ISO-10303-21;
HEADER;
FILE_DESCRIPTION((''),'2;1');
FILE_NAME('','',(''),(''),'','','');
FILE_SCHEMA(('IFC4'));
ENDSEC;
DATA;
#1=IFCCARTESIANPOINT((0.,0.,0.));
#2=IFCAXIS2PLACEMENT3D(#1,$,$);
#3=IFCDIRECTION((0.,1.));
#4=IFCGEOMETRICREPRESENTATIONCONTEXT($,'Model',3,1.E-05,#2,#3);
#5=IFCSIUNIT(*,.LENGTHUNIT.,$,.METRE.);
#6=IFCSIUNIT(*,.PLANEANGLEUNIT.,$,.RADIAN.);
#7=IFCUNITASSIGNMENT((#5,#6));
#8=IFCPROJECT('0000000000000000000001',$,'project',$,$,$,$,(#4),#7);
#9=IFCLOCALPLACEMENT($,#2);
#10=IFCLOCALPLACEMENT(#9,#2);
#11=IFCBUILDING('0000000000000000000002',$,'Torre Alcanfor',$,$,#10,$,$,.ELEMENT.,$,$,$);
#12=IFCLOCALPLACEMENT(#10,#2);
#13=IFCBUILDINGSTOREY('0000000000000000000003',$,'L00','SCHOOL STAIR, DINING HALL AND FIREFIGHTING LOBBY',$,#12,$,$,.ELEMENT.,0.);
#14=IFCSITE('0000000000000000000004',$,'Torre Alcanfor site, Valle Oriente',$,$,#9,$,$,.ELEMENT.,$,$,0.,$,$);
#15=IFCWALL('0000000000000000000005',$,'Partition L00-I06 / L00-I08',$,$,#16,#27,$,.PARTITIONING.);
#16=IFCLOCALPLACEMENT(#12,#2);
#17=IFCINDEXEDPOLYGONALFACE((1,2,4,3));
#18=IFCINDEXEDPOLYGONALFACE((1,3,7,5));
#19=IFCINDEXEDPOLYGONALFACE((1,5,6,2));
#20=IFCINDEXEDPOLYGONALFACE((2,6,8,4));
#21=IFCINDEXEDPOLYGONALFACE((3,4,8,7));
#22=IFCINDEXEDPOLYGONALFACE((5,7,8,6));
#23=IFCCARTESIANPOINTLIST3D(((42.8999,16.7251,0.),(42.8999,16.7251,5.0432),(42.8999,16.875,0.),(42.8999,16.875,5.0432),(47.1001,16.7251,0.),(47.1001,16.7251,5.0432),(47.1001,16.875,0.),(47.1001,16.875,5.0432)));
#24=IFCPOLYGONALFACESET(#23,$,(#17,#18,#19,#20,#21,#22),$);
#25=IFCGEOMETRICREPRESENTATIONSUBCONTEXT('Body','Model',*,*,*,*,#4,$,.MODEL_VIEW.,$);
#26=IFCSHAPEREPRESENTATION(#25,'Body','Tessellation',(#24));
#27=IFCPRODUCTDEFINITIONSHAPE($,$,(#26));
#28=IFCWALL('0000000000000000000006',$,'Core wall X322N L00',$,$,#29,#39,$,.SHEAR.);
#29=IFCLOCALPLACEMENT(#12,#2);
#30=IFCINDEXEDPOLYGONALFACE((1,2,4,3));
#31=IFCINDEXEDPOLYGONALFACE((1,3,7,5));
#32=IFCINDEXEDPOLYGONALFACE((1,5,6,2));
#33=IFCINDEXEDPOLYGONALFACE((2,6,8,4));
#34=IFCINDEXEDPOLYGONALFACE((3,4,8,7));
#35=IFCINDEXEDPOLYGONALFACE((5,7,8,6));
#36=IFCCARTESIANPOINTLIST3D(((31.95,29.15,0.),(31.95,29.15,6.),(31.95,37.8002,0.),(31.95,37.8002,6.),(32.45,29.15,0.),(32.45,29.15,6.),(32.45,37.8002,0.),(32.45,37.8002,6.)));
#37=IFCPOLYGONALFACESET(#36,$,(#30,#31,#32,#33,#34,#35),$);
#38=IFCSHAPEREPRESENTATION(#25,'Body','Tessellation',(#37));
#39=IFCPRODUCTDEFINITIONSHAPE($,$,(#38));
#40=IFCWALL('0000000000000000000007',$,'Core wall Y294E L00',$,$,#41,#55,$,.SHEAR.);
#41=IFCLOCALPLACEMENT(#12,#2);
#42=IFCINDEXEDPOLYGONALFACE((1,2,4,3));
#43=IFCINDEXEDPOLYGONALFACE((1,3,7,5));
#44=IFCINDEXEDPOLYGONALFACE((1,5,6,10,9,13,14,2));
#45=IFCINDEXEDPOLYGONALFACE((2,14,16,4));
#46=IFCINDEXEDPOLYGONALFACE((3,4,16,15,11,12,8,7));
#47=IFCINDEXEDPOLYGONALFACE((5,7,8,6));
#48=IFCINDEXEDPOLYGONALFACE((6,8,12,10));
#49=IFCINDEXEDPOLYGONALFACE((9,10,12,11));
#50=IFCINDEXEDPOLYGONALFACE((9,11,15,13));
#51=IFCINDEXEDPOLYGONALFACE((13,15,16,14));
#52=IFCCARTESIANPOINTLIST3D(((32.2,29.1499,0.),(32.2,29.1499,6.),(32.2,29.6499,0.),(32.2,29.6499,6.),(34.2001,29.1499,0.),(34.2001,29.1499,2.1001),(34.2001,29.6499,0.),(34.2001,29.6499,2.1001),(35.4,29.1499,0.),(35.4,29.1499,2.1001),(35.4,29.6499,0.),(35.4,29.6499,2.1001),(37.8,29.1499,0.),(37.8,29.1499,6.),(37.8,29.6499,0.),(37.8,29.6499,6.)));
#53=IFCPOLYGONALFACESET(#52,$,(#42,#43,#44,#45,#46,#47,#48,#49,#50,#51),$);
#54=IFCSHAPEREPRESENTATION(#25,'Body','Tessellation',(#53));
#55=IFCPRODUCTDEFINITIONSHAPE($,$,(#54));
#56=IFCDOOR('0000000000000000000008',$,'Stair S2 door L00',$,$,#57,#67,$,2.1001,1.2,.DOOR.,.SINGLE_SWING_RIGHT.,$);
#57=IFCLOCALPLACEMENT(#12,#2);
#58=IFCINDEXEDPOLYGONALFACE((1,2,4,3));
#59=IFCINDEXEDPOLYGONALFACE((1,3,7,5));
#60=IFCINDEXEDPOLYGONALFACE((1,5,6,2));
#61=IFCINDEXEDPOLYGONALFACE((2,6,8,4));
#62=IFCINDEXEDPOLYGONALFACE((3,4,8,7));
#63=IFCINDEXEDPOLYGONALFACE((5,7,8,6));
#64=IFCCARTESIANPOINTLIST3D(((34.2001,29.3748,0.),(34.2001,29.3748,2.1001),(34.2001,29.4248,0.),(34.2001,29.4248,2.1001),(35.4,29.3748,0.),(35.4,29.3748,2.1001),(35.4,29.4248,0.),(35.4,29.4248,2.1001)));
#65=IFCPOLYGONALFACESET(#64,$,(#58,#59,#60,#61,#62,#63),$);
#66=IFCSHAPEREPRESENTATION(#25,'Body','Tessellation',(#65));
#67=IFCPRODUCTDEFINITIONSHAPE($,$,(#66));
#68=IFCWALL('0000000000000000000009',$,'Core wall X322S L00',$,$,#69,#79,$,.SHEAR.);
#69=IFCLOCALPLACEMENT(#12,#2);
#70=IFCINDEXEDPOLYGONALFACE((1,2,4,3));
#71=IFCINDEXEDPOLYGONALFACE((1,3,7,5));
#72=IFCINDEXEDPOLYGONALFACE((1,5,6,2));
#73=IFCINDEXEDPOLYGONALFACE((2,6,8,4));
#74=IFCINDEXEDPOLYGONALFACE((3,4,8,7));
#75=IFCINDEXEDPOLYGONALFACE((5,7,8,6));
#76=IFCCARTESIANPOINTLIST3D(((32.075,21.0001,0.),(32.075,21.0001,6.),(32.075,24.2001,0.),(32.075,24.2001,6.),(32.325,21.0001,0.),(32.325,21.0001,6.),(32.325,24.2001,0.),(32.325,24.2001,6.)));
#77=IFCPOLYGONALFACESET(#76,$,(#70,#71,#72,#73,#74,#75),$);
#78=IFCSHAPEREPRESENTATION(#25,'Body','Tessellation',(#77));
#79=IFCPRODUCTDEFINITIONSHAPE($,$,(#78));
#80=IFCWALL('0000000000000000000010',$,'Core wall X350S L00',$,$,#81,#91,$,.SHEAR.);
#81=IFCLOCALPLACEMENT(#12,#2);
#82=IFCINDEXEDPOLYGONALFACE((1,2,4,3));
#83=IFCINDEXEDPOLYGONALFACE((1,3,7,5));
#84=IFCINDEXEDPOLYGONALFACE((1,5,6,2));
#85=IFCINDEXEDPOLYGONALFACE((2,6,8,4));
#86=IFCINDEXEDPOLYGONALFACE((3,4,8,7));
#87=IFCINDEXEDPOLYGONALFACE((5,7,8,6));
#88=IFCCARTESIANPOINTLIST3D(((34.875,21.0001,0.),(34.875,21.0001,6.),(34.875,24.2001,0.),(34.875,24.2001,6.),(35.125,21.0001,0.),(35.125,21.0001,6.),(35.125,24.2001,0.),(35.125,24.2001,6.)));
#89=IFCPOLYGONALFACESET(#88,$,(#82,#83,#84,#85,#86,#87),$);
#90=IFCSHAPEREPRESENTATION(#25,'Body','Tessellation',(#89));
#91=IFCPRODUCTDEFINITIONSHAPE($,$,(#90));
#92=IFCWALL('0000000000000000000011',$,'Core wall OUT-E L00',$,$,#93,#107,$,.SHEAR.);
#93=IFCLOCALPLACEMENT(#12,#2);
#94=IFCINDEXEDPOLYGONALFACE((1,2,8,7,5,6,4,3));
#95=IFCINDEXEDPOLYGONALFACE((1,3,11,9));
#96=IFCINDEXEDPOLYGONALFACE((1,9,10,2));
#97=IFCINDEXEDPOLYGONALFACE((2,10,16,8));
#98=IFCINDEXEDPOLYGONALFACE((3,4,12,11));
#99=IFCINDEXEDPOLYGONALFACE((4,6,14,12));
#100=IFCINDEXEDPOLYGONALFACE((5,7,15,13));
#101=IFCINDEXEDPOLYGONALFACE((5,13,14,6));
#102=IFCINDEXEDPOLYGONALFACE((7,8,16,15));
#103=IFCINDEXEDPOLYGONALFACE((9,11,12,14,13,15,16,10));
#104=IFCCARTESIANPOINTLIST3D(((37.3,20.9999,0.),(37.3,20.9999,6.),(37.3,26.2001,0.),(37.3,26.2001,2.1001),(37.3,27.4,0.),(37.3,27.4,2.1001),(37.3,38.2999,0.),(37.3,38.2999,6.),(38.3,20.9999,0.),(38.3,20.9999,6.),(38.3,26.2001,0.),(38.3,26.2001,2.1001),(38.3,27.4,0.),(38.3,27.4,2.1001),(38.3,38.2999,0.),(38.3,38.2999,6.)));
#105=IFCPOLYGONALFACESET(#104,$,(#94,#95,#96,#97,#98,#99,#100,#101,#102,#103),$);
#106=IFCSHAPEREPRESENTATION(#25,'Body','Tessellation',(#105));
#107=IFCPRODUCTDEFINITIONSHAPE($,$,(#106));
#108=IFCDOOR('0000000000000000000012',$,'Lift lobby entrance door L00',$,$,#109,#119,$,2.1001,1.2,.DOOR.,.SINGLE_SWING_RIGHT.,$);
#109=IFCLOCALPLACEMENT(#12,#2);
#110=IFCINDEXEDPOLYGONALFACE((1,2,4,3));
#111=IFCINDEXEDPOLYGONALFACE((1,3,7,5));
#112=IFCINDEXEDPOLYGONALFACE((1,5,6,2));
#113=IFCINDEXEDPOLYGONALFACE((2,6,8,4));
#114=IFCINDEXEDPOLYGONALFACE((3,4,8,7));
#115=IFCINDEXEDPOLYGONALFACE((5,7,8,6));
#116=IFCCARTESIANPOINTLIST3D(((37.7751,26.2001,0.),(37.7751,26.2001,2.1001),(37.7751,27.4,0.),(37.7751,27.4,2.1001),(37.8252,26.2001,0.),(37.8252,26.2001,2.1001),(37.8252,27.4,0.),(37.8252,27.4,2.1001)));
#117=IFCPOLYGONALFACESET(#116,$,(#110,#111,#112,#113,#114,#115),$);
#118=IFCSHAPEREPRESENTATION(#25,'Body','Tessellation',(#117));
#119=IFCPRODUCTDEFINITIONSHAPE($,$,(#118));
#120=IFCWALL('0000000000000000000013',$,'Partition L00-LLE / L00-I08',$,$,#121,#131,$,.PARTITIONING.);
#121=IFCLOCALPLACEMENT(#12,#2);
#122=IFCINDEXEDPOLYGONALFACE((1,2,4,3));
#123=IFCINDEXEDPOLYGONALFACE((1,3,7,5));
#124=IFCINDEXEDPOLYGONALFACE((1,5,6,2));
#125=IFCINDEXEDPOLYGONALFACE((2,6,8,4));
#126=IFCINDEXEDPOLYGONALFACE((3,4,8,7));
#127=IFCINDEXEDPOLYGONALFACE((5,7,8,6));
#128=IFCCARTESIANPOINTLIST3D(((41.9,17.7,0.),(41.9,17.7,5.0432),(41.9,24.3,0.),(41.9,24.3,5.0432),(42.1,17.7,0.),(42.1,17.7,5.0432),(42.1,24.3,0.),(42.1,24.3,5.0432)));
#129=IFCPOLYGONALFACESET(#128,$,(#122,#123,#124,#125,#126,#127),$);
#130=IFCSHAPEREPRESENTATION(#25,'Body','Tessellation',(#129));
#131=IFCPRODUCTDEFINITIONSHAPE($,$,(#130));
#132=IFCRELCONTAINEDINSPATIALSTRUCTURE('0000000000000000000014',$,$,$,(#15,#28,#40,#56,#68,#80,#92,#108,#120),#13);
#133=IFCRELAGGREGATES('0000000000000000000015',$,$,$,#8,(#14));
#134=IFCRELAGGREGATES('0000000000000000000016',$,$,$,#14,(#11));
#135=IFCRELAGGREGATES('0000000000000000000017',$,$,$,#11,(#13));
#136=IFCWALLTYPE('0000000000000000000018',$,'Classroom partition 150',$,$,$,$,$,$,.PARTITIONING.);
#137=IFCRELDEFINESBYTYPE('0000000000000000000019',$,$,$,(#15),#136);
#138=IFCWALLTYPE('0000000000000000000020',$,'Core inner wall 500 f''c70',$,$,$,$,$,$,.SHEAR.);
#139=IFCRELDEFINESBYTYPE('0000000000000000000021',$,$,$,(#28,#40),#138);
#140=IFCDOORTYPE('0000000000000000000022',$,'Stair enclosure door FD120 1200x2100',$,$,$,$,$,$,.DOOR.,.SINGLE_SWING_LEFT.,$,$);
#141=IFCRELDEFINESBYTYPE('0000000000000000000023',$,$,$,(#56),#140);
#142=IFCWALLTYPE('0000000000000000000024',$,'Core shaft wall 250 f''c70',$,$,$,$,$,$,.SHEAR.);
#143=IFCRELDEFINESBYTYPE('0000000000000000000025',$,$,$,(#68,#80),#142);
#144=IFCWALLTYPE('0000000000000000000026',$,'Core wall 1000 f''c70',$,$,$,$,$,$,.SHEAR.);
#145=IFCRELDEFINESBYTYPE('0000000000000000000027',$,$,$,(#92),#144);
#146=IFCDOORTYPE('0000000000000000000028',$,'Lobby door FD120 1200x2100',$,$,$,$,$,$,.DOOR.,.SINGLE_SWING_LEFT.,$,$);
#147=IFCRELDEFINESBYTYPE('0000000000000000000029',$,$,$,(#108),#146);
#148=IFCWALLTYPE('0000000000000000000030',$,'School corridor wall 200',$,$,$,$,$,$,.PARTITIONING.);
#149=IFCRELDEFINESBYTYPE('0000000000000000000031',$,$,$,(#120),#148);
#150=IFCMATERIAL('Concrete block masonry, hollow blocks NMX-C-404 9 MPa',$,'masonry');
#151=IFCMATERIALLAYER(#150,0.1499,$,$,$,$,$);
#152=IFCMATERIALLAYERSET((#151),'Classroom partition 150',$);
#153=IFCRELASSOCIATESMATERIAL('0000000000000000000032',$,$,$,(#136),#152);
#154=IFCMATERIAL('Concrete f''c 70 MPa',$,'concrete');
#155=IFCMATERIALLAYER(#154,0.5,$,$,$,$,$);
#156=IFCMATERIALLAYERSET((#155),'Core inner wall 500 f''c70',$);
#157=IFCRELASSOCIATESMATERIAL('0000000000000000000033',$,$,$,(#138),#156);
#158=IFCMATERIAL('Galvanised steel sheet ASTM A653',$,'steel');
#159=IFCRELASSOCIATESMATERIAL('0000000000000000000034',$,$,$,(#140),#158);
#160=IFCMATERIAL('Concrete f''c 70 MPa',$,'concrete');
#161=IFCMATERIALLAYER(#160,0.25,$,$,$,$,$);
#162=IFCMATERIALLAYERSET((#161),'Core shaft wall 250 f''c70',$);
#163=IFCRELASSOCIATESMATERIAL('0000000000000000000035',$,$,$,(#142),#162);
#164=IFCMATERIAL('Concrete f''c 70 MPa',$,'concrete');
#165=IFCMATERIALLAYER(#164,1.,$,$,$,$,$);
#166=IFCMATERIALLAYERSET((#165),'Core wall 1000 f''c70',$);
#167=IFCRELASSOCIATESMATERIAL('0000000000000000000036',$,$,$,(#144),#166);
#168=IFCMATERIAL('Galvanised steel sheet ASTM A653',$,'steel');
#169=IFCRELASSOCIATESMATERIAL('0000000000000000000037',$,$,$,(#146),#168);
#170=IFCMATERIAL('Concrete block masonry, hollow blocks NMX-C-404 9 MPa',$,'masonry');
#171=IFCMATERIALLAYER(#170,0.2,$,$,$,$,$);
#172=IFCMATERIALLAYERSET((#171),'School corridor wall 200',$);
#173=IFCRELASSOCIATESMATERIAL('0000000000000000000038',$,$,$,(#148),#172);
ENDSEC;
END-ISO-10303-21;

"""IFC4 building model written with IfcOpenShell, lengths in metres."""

from ifc_helpers import new_model, si_unit, direction, frame, frame_2d, origin, place, context, subcontext, project, spatial, rectangle, extrude, material, layer, layer_set, type_object, element, fill, save


model = new_model("IFC4")

# Units and contexts
model_context = context("Model", 3, precision=1e-05, world=origin(), true_north=direction((0.0, 1.0)))
body_context = subcontext(model_context, "Body", "Model", "MODEL_VIEW")
ifc_project = project(units=[si_unit("LENGTHUNIT", "METRE"), si_unit("PLANEANGLEUNIT", "RADIAN")], contexts=[model_context])

# Site, building, storey
site_placement = place(None, origin())
site = spatial("IfcSite", under=ifc_project, at=site_placement, Name="Torre Alcanfor site, Valle Oriente", CompositionType="ELEMENT", RefElevation=0.0)
building_placement = place(site_placement, origin())
building = spatial("IfcBuilding", under=site, at=building_placement, Name="Torre Alcanfor", CompositionType="ELEMENT")
storey_placement = place(building_placement, origin())
storey = spatial("IfcBuildingStorey", under=building, at=storey_placement, Name="L00", Description="SCHOOL STAIR, DINING HALL AND FIREFIGHTING LOBBY", CompositionType="ELEMENT", Elevation=0.0)

# Walls
ifc_material_1 = material(Name="Concrete block masonry, hollow blocks NMX-C-404 9 MPa", Category="masonry")
ifc_layer_1 = layer(ifc_material_1, 0.1499)
ifc_layer_set_1 = layer_set([ifc_layer_1], Name="Classroom partition 150")
wall_type_1 = type_object("IfcWallType", Name="Classroom partition 150", PredefinedType="PARTITIONING", material=ifc_layer_set_1)
wall_1_placement = place(storey_placement, frame((42.8999, 16.8, 0.0), z_axis=(0.0, 0.0, 1.0), x_axis=(1.0, 0.0, 0.0)))
element("IfcWall", 1, at=wall_1_placement, inside=storey, type_object=wall_type_1, Name="Partition L00-I06 / L00-I08", PredefinedType="PARTITIONING", context=body_context, shape_type="SweptSolid", body=[
    extrude(rectangle(XDim=4.2002, YDim=0.1499, at=frame_2d((2.1001, 0.0))), origin(), (0.0, 0.0, 1.0), 5.0432),
])
ifc_material_2 = material(Name="Concrete f'c 70 MPa", Category="concrete")
ifc_layer_2 = layer(ifc_material_2, 0.5)
ifc_layer_set_2 = layer_set([ifc_layer_2], Name="Core inner wall 500 f'c70")
wall_type_2 = type_object("IfcWallType", Name="Core inner wall 500 f'c70", PredefinedType="SHEAR", material=ifc_layer_set_2)
wall_2_placement = place(storey_placement, frame((32.2, 29.1499, 0.0), z_axis=(0.0, 0.0, 1.0), x_axis=(0.0, 1.0, 0.0)))
element("IfcWall", 2, at=wall_2_placement, inside=storey, type_object=wall_type_2, Name="Core wall X322N L00", PredefinedType="SHEAR", context=body_context, shape_type="SweptSolid", body=[
    extrude(rectangle(XDim=8.6501, YDim=0.5, at=frame_2d((4.3252, 0.0))), origin(), (0.0, 0.0, 1.0), 6.0),
])

# Wall, opening, door
wall_3_placement = place(storey_placement, frame((32.2, 29.3999, 0.0), z_axis=(0.0, 0.0, 1.0), x_axis=(1.0, 0.0, 0.0)))
wall_3 = element("IfcWall", 3, at=wall_3_placement, inside=storey, type_object=wall_type_2, Name="Core wall Y294E L00", PredefinedType="SHEAR", context=body_context, shape_type="SweptSolid", body=[
    extrude(rectangle(XDim=5.6001, YDim=0.5, at=frame_2d((2.8, 0.0))), origin(), (0.0, 0.0, 1.0), 6.0),
])
opening_1_placement = place(wall_3_placement, frame((2.0, 0.0, 0.0)))
opening_1 = element("IfcOpeningElement", 4, at=opening_1_placement, cuts=wall_3, PredefinedType="OPENING", context=body_context, shape_type="SweptSolid", body=[
    extrude(rectangle(XDim=1.2, YDim=2.1001, at=frame_2d((0.6001, 1.05))), frame((0.0, 0.26, 0.0), z_axis=(0.0, -1.0, 0.0), x_axis=(1.0, 0.0, 0.0)), (0.0, 0.0, 1.0), 0.52),
])
ifc_material_3 = material(Name="Galvanised steel sheet ASTM A653", Category="steel")
door_type_1 = type_object("IfcDoorType", Name="Stair enclosure door FD120 1200x2100", OperationType="SINGLE_SWING_LEFT", PredefinedType="DOOR", material=ifc_material_3)
door_1_placement = place(opening_1_placement, frame((1.2, 0.0, 0.0), z_axis=(0.0, 0.0, 1.0), x_axis=(-1.0, 0.0, 0.0)))
door_1 = element("IfcDoor", 5, at=door_1_placement, inside=storey, type_object=door_type_1, Name="Stair S2 door L00", OperationType="SINGLE_SWING_RIGHT", OverallHeight=2.1001, OverallWidth=1.2, PredefinedType="DOOR", context=body_context, shape_type="SweptSolid", body=[
    extrude(rectangle(XDim=1.2, YDim=2.1001, at=frame_2d((0.5999, 1.05))), frame((0.0, 0.0251, 0.0), z_axis=(0.0, -1.0, 0.0), x_axis=(1.0, 0.0, 0.0)), (0.0, 0.0, 1.0), 0.05),
])
fill(opening_1, door_1)

# Walls
ifc_material_4 = material(Name="Concrete f'c 70 MPa", Category="concrete")
ifc_layer_3 = layer(ifc_material_4, 0.25)
ifc_layer_set_3 = layer_set([ifc_layer_3], Name="Core shaft wall 250 f'c70")
wall_type_3 = type_object("IfcWallType", Name="Core shaft wall 250 f'c70", PredefinedType="SHEAR", material=ifc_layer_set_3)
for number, where, z_axis, x_axis, name in (
    (6, (32.2, 21.0, 0.0), (0.0, 0.0, 1.0), (0.0, 1.0, 0.0), "Core wall X322S L00"),
    (7, (35.0, 21.0, 0.0), (0.0, 0.0, 1.0), (0.0, 1.0, 0.0), "Core wall X350S L00"),
):
    element("IfcWall", number, at=place(storey_placement, frame(where, z_axis=z_axis, x_axis=x_axis)), inside=storey, type_object=wall_type_3, Name=name, PredefinedType="SHEAR", context=body_context, shape_type="SweptSolid", body=[
        extrude(rectangle(XDim=3.2, YDim=0.25, at=frame_2d((1.6001, 0.0))), origin(), (0.0, 0.0, 1.0), 6.0),
    ])

# Wall, opening, door
ifc_material_5 = material(Name="Concrete f'c 70 MPa", Category="concrete")
ifc_layer_4 = layer(ifc_material_5, 1.0)
ifc_layer_set_4 = layer_set([ifc_layer_4], Name="Core wall 1000 f'c70")
wall_type_4 = type_object("IfcWallType", Name="Core wall 1000 f'c70", PredefinedType="SHEAR", material=ifc_layer_set_4)
wall_4_placement = place(storey_placement, frame((37.8, 21.0, 0.0), z_axis=(0.0, 0.0, 1.0), x_axis=(0.0, 1.0, 0.0)))
wall_4 = element("IfcWall", 8, at=wall_4_placement, inside=storey, type_object=wall_type_4, Name="Core wall OUT-E L00", PredefinedType="SHEAR", context=body_context, shape_type="SweptSolid", body=[
    extrude(rectangle(XDim=17.3, YDim=1.0, at=frame_2d((8.6499, 0.0))), origin(), (0.0, 0.0, 1.0), 6.0),
])
opening_2_placement = place(wall_4_placement, frame((5.2, 0.0, 0.0)))
opening_2 = element("IfcOpeningElement", 9, at=opening_2_placement, cuts=wall_4, PredefinedType="OPENING", context=body_context, shape_type="SweptSolid", body=[
    extrude(rectangle(XDim=1.2, YDim=2.1001, at=frame_2d((0.6001, 1.05))), frame((0.0, 0.51, 0.0), z_axis=(0.0, -1.0, 0.0), x_axis=(1.0, 0.0, 0.0)), (0.0, 0.0, 1.0), 1.02),
])
ifc_material_6 = material(Name="Galvanised steel sheet ASTM A653", Category="steel")
door_type_2 = type_object("IfcDoorType", Name="Lobby door FD120 1200x2100", OperationType="SINGLE_SWING_LEFT", PredefinedType="DOOR", material=ifc_material_6)
door_2_placement = place(opening_2_placement, frame((1.2, 0.0, 0.0), z_axis=(0.0, 0.0, 1.0), x_axis=(-1.0, 0.0, 0.0)))
door_2 = element("IfcDoor", 10, at=door_2_placement, inside=storey, type_object=door_type_2, Name="Lift lobby entrance door L00", OperationType="SINGLE_SWING_RIGHT", OverallHeight=2.1001, OverallWidth=1.2, PredefinedType="DOOR", context=body_context, shape_type="SweptSolid", body=[
    extrude(rectangle(XDim=1.2, YDim=2.1001, at=frame_2d((0.5999, 1.05))), frame((0.0, 0.0251, 0.0), z_axis=(0.0, -1.0, 0.0), x_axis=(1.0, 0.0, 0.0)), (0.0, 0.0, 1.0), 0.05),
])
fill(opening_2, door_2)

# Wall
ifc_material_7 = material(Name="Concrete block masonry, hollow blocks NMX-C-404 9 MPa", Category="masonry")
ifc_layer_5 = layer(ifc_material_7, 0.2)
ifc_layer_set_5 = layer_set([ifc_layer_5], Name="School corridor wall 200")
wall_type_5 = type_object("IfcWallType", Name="School corridor wall 200", PredefinedType="PARTITIONING", material=ifc_layer_set_5)
wall_5_placement = place(storey_placement, frame((42.0, 24.3, 0.0), z_axis=(0.0, 0.0, 1.0), x_axis=(0.0, -1.0, 0.0)))
element("IfcWall", 11, at=wall_5_placement, inside=storey, type_object=wall_type_5, Name="Partition L00-LLE / L00-I08", PredefinedType="PARTITIONING", context=body_context, shape_type="SweptSolid", body=[
    extrude(rectangle(XDim=6.6001, YDim=0.2, at=frame_2d((3.3, 0.0))), origin(), (0.0, 0.0, 1.0), 5.0432),
])

save(model, "model.ifc")
